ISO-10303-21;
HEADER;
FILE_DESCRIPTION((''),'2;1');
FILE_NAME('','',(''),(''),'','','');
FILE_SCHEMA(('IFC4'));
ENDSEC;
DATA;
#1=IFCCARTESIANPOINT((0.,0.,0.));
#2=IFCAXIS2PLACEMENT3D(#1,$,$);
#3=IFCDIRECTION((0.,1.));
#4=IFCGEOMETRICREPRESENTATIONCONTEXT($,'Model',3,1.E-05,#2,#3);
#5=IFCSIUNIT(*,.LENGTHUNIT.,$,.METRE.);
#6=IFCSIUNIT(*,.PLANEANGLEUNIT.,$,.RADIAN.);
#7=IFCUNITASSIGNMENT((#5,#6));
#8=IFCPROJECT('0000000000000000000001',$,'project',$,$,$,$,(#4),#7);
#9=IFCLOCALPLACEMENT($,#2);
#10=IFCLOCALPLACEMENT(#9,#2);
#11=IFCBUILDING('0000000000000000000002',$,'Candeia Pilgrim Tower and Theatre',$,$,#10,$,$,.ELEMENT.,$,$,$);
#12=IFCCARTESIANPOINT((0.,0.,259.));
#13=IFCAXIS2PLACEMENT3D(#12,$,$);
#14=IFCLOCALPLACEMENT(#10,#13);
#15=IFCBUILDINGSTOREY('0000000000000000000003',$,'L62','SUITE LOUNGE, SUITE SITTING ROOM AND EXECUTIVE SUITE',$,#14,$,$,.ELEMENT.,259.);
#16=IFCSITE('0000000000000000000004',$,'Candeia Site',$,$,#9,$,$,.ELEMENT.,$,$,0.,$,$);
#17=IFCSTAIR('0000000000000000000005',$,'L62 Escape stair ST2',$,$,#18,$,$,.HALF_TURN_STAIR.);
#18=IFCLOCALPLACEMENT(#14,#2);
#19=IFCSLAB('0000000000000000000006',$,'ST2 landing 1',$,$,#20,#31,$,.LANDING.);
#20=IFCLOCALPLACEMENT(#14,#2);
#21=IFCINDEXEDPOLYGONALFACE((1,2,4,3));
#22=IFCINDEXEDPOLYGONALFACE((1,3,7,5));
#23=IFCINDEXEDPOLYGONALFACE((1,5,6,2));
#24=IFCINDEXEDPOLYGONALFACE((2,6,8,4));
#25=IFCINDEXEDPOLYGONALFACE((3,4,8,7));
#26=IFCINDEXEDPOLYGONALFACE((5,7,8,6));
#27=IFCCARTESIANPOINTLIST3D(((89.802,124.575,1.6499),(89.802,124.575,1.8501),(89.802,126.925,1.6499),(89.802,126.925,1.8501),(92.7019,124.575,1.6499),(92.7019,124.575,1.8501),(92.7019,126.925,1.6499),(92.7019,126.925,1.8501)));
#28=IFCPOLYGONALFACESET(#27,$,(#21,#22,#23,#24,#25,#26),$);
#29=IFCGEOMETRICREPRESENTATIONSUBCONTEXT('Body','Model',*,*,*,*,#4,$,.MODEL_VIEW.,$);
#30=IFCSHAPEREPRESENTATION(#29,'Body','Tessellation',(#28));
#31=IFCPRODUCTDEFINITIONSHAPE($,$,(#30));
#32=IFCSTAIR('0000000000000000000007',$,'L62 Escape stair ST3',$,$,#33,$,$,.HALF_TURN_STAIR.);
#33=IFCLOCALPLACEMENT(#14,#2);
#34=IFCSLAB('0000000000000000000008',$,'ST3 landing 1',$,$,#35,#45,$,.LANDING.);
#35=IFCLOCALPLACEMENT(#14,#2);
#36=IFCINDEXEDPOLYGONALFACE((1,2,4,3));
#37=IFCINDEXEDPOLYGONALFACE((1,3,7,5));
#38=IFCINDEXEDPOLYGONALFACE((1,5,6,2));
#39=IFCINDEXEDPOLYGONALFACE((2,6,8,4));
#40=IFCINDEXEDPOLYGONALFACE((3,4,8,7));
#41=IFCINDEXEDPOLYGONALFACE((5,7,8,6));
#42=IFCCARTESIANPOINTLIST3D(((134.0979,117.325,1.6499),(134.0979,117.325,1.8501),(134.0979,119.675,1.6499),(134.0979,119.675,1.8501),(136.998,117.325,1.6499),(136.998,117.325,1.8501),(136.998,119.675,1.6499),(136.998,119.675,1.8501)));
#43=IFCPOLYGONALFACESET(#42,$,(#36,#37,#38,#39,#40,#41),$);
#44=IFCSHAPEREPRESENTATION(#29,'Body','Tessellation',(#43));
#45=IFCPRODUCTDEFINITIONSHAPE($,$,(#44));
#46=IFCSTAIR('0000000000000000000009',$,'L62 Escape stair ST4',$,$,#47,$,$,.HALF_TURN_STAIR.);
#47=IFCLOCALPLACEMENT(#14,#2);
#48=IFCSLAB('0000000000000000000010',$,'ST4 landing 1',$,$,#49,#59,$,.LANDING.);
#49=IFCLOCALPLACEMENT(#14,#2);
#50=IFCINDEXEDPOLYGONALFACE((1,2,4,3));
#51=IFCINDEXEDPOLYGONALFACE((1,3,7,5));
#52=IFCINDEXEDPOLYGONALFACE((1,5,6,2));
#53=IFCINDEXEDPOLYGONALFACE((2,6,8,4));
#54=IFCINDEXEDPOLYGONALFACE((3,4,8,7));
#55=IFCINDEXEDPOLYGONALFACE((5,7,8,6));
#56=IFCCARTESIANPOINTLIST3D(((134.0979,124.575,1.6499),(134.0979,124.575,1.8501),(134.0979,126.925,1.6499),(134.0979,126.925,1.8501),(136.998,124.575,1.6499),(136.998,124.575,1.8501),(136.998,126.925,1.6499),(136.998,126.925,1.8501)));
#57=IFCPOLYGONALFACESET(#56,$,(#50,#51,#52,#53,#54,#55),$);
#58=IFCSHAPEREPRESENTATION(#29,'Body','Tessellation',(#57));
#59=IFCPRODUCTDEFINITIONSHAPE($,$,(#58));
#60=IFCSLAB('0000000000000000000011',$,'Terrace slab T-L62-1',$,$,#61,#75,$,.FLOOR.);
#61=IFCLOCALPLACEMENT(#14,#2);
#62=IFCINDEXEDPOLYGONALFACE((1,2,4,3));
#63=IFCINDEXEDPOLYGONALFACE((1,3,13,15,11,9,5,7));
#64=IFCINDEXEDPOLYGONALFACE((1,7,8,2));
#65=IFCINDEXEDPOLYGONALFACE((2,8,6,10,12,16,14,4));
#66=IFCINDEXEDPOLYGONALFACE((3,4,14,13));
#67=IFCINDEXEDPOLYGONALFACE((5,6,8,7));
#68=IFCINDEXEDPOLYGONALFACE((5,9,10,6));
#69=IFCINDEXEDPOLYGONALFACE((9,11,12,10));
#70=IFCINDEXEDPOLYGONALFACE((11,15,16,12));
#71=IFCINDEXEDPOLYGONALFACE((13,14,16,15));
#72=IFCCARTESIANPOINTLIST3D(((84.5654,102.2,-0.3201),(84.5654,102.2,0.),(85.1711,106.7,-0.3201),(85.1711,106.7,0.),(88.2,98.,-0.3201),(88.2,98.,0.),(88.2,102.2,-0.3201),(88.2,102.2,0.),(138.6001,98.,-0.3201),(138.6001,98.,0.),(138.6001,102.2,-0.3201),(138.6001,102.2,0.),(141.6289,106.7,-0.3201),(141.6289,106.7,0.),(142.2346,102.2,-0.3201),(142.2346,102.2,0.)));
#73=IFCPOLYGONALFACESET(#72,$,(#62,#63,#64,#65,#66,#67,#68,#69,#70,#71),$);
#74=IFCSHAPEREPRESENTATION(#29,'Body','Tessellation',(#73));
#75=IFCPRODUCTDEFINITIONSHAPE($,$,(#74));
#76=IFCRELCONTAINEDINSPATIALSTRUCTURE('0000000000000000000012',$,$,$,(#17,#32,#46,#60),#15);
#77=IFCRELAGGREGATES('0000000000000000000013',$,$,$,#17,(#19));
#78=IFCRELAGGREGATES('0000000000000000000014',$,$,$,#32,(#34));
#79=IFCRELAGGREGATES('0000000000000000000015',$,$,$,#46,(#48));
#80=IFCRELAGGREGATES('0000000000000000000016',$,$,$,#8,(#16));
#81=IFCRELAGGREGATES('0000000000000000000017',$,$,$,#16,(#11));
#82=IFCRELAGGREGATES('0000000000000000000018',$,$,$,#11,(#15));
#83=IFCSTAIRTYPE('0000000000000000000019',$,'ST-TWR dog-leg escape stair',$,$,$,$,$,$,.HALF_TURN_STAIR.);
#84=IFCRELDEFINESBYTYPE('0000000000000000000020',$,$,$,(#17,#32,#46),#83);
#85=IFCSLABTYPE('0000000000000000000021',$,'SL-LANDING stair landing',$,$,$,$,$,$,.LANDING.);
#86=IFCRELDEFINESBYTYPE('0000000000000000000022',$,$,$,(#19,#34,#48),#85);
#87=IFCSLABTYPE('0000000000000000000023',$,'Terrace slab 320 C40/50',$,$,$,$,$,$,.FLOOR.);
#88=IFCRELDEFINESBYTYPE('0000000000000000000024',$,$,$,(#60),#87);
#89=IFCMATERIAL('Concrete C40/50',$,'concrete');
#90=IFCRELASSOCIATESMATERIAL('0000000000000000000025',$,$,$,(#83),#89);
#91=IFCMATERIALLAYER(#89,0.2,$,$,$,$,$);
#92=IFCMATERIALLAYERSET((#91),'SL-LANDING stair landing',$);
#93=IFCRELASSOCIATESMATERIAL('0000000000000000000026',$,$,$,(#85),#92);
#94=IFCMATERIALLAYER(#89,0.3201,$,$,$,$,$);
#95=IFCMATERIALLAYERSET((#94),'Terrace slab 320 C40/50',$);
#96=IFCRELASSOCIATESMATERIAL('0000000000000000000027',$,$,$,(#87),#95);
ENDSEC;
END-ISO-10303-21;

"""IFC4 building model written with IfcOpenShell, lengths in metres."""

from ifc_helpers import new_model, si_unit, direction, frame, origin, place, context, subcontext, project, spatial, polyline, outline, extrude, material, layer, layer_set, type_object, element, aggregate, save


model = new_model("IFC4")

# Units and contexts
model_context = context("Model", 3, precision=1e-05, world=origin(), true_north=direction((0.0, 1.0)))
body_context = subcontext(model_context, "Body", "Model", "MODEL_VIEW")
ifc_project = project(units=[si_unit("LENGTHUNIT", "METRE"), si_unit("PLANEANGLEUNIT", "RADIAN")], contexts=[model_context])

# Site, building, storey
site_placement = place(None, origin())
site = spatial("IfcSite", under=ifc_project, at=site_placement, Name="Candeia Site", CompositionType="ELEMENT", RefElevation=0.0)
building_placement = place(site_placement, origin())
building = spatial("IfcBuilding", under=site, at=building_placement, Name="Candeia Pilgrim Tower and Theatre", CompositionType="ELEMENT")
storey_placement = place(building_placement, frame((0.0, 0.0, 259.0)))
storey = spatial("IfcBuildingStorey", under=building, at=storey_placement, Name="L62", Description="SUITE LOUNGE, SUITE SITTING ROOM AND EXECUTIVE SUITE", CompositionType="ELEMENT", Elevation=259.0)

# Shared definitions
ifc_material_1 = material(Name="Concrete C40/50", Category="concrete")

# Stairs, slabs
stair_type = type_object("IfcStairType", Name="ST-TWR dog-leg escape stair", PredefinedType="HALF_TURN_STAIR", material=ifc_material_1)
ifc_layer_1 = layer(ifc_material_1, 0.2)
ifc_layer_set_1 = layer_set([ifc_layer_1], Name="SL-LANDING stair landing")
slab_type_1 = type_object("IfcSlabType", Name="SL-LANDING stair landing", PredefinedType="LANDING", material=ifc_layer_set_1)
stair_1_placement = place(storey_placement, origin())
stair_1 = element("IfcStair", 1, at=stair_1_placement, inside=storey, type_object=stair_type, Name="L62 Escape stair ST2", PredefinedType="HALF_TURN_STAIR")
slab_1_placement = place(storey_placement, frame((0.0, 0.0, 1.6499)))
slab_1 = element("IfcSlab", 2, at=slab_1_placement, type_object=slab_type_1, Name="ST2 landing 1", PredefinedType="LANDING", context=body_context, shape_type="SweptSolid", body=[
    extrude(outline(polyline([(89.802, 126.925), (89.802, 124.575), (92.7019, 124.575), (92.7019, 126.925), (89.802, 126.925)])), origin(), (0.0, 0.0, 1.0), 0.2002),
])
aggregate(stair_1, [slab_1])
stair_2_placement = place(storey_placement, origin())
stair_2 = element("IfcStair", 3, at=stair_2_placement, inside=storey, type_object=stair_type, Name="L62 Escape stair ST3", PredefinedType="HALF_TURN_STAIR")
slab_2_placement = place(storey_placement, frame((0.0, 0.0, 1.6499)))
slab_2 = element("IfcSlab", 4, at=slab_2_placement, type_object=slab_type_1, Name="ST3 landing 1", PredefinedType="LANDING", context=body_context, shape_type="SweptSolid", body=[
    extrude(outline(polyline([(134.0979, 119.675), (134.0979, 117.325), (136.998, 117.325), (136.998, 119.675), (134.0979, 119.675)])), origin(), (0.0, 0.0, 1.0), 0.2002),
])
aggregate(stair_2, [slab_2])
stair_3_placement = place(storey_placement, origin())
stair_3 = element("IfcStair", 5, at=stair_3_placement, inside=storey, type_object=stair_type, Name="L62 Escape stair ST4", PredefinedType="HALF_TURN_STAIR")
slab_3_placement = place(storey_placement, frame((0.0, 0.0, 1.6499)))
slab_3 = element("IfcSlab", 6, at=slab_3_placement, type_object=slab_type_1, Name="ST4 landing 1", PredefinedType="LANDING", context=body_context, shape_type="SweptSolid", body=[
    extrude(outline(polyline([(134.0979, 126.925), (134.0979, 124.575), (136.998, 124.575), (136.998, 126.925), (134.0979, 126.925)])), origin(), (0.0, 0.0, 1.0), 0.2002),
])
aggregate(stair_3, [slab_3])

# Slab
ifc_layer_2 = layer(ifc_material_1, 0.3201)
ifc_layer_set_2 = layer_set([ifc_layer_2], Name="Terrace slab 320 C40/50")
slab_type_2 = type_object("IfcSlabType", Name="Terrace slab 320 C40/50", PredefinedType="FLOOR", material=ifc_layer_set_2)
slab_4_placement = place(storey_placement, frame((0.0, 0.0, -0.3201)))
element("IfcSlab", 7, at=slab_4_placement, inside=storey, type_object=slab_type_2, Name="Terrace slab T-L62-1", PredefinedType="FLOOR", context=body_context, shape_type="SweptSolid", body=[
    extrude(outline(polyline([(138.6001, 102.2), (138.6001, 98.0), (88.2, 98.0), (88.2, 102.2), (84.5654, 102.2), (85.1711, 106.7), (141.6289, 106.7), (142.2346, 102.2), (138.6001, 102.2)])), origin(), (0.0, 0.0, 1.0), 0.3201),
])

save(model, "model.ifc")
